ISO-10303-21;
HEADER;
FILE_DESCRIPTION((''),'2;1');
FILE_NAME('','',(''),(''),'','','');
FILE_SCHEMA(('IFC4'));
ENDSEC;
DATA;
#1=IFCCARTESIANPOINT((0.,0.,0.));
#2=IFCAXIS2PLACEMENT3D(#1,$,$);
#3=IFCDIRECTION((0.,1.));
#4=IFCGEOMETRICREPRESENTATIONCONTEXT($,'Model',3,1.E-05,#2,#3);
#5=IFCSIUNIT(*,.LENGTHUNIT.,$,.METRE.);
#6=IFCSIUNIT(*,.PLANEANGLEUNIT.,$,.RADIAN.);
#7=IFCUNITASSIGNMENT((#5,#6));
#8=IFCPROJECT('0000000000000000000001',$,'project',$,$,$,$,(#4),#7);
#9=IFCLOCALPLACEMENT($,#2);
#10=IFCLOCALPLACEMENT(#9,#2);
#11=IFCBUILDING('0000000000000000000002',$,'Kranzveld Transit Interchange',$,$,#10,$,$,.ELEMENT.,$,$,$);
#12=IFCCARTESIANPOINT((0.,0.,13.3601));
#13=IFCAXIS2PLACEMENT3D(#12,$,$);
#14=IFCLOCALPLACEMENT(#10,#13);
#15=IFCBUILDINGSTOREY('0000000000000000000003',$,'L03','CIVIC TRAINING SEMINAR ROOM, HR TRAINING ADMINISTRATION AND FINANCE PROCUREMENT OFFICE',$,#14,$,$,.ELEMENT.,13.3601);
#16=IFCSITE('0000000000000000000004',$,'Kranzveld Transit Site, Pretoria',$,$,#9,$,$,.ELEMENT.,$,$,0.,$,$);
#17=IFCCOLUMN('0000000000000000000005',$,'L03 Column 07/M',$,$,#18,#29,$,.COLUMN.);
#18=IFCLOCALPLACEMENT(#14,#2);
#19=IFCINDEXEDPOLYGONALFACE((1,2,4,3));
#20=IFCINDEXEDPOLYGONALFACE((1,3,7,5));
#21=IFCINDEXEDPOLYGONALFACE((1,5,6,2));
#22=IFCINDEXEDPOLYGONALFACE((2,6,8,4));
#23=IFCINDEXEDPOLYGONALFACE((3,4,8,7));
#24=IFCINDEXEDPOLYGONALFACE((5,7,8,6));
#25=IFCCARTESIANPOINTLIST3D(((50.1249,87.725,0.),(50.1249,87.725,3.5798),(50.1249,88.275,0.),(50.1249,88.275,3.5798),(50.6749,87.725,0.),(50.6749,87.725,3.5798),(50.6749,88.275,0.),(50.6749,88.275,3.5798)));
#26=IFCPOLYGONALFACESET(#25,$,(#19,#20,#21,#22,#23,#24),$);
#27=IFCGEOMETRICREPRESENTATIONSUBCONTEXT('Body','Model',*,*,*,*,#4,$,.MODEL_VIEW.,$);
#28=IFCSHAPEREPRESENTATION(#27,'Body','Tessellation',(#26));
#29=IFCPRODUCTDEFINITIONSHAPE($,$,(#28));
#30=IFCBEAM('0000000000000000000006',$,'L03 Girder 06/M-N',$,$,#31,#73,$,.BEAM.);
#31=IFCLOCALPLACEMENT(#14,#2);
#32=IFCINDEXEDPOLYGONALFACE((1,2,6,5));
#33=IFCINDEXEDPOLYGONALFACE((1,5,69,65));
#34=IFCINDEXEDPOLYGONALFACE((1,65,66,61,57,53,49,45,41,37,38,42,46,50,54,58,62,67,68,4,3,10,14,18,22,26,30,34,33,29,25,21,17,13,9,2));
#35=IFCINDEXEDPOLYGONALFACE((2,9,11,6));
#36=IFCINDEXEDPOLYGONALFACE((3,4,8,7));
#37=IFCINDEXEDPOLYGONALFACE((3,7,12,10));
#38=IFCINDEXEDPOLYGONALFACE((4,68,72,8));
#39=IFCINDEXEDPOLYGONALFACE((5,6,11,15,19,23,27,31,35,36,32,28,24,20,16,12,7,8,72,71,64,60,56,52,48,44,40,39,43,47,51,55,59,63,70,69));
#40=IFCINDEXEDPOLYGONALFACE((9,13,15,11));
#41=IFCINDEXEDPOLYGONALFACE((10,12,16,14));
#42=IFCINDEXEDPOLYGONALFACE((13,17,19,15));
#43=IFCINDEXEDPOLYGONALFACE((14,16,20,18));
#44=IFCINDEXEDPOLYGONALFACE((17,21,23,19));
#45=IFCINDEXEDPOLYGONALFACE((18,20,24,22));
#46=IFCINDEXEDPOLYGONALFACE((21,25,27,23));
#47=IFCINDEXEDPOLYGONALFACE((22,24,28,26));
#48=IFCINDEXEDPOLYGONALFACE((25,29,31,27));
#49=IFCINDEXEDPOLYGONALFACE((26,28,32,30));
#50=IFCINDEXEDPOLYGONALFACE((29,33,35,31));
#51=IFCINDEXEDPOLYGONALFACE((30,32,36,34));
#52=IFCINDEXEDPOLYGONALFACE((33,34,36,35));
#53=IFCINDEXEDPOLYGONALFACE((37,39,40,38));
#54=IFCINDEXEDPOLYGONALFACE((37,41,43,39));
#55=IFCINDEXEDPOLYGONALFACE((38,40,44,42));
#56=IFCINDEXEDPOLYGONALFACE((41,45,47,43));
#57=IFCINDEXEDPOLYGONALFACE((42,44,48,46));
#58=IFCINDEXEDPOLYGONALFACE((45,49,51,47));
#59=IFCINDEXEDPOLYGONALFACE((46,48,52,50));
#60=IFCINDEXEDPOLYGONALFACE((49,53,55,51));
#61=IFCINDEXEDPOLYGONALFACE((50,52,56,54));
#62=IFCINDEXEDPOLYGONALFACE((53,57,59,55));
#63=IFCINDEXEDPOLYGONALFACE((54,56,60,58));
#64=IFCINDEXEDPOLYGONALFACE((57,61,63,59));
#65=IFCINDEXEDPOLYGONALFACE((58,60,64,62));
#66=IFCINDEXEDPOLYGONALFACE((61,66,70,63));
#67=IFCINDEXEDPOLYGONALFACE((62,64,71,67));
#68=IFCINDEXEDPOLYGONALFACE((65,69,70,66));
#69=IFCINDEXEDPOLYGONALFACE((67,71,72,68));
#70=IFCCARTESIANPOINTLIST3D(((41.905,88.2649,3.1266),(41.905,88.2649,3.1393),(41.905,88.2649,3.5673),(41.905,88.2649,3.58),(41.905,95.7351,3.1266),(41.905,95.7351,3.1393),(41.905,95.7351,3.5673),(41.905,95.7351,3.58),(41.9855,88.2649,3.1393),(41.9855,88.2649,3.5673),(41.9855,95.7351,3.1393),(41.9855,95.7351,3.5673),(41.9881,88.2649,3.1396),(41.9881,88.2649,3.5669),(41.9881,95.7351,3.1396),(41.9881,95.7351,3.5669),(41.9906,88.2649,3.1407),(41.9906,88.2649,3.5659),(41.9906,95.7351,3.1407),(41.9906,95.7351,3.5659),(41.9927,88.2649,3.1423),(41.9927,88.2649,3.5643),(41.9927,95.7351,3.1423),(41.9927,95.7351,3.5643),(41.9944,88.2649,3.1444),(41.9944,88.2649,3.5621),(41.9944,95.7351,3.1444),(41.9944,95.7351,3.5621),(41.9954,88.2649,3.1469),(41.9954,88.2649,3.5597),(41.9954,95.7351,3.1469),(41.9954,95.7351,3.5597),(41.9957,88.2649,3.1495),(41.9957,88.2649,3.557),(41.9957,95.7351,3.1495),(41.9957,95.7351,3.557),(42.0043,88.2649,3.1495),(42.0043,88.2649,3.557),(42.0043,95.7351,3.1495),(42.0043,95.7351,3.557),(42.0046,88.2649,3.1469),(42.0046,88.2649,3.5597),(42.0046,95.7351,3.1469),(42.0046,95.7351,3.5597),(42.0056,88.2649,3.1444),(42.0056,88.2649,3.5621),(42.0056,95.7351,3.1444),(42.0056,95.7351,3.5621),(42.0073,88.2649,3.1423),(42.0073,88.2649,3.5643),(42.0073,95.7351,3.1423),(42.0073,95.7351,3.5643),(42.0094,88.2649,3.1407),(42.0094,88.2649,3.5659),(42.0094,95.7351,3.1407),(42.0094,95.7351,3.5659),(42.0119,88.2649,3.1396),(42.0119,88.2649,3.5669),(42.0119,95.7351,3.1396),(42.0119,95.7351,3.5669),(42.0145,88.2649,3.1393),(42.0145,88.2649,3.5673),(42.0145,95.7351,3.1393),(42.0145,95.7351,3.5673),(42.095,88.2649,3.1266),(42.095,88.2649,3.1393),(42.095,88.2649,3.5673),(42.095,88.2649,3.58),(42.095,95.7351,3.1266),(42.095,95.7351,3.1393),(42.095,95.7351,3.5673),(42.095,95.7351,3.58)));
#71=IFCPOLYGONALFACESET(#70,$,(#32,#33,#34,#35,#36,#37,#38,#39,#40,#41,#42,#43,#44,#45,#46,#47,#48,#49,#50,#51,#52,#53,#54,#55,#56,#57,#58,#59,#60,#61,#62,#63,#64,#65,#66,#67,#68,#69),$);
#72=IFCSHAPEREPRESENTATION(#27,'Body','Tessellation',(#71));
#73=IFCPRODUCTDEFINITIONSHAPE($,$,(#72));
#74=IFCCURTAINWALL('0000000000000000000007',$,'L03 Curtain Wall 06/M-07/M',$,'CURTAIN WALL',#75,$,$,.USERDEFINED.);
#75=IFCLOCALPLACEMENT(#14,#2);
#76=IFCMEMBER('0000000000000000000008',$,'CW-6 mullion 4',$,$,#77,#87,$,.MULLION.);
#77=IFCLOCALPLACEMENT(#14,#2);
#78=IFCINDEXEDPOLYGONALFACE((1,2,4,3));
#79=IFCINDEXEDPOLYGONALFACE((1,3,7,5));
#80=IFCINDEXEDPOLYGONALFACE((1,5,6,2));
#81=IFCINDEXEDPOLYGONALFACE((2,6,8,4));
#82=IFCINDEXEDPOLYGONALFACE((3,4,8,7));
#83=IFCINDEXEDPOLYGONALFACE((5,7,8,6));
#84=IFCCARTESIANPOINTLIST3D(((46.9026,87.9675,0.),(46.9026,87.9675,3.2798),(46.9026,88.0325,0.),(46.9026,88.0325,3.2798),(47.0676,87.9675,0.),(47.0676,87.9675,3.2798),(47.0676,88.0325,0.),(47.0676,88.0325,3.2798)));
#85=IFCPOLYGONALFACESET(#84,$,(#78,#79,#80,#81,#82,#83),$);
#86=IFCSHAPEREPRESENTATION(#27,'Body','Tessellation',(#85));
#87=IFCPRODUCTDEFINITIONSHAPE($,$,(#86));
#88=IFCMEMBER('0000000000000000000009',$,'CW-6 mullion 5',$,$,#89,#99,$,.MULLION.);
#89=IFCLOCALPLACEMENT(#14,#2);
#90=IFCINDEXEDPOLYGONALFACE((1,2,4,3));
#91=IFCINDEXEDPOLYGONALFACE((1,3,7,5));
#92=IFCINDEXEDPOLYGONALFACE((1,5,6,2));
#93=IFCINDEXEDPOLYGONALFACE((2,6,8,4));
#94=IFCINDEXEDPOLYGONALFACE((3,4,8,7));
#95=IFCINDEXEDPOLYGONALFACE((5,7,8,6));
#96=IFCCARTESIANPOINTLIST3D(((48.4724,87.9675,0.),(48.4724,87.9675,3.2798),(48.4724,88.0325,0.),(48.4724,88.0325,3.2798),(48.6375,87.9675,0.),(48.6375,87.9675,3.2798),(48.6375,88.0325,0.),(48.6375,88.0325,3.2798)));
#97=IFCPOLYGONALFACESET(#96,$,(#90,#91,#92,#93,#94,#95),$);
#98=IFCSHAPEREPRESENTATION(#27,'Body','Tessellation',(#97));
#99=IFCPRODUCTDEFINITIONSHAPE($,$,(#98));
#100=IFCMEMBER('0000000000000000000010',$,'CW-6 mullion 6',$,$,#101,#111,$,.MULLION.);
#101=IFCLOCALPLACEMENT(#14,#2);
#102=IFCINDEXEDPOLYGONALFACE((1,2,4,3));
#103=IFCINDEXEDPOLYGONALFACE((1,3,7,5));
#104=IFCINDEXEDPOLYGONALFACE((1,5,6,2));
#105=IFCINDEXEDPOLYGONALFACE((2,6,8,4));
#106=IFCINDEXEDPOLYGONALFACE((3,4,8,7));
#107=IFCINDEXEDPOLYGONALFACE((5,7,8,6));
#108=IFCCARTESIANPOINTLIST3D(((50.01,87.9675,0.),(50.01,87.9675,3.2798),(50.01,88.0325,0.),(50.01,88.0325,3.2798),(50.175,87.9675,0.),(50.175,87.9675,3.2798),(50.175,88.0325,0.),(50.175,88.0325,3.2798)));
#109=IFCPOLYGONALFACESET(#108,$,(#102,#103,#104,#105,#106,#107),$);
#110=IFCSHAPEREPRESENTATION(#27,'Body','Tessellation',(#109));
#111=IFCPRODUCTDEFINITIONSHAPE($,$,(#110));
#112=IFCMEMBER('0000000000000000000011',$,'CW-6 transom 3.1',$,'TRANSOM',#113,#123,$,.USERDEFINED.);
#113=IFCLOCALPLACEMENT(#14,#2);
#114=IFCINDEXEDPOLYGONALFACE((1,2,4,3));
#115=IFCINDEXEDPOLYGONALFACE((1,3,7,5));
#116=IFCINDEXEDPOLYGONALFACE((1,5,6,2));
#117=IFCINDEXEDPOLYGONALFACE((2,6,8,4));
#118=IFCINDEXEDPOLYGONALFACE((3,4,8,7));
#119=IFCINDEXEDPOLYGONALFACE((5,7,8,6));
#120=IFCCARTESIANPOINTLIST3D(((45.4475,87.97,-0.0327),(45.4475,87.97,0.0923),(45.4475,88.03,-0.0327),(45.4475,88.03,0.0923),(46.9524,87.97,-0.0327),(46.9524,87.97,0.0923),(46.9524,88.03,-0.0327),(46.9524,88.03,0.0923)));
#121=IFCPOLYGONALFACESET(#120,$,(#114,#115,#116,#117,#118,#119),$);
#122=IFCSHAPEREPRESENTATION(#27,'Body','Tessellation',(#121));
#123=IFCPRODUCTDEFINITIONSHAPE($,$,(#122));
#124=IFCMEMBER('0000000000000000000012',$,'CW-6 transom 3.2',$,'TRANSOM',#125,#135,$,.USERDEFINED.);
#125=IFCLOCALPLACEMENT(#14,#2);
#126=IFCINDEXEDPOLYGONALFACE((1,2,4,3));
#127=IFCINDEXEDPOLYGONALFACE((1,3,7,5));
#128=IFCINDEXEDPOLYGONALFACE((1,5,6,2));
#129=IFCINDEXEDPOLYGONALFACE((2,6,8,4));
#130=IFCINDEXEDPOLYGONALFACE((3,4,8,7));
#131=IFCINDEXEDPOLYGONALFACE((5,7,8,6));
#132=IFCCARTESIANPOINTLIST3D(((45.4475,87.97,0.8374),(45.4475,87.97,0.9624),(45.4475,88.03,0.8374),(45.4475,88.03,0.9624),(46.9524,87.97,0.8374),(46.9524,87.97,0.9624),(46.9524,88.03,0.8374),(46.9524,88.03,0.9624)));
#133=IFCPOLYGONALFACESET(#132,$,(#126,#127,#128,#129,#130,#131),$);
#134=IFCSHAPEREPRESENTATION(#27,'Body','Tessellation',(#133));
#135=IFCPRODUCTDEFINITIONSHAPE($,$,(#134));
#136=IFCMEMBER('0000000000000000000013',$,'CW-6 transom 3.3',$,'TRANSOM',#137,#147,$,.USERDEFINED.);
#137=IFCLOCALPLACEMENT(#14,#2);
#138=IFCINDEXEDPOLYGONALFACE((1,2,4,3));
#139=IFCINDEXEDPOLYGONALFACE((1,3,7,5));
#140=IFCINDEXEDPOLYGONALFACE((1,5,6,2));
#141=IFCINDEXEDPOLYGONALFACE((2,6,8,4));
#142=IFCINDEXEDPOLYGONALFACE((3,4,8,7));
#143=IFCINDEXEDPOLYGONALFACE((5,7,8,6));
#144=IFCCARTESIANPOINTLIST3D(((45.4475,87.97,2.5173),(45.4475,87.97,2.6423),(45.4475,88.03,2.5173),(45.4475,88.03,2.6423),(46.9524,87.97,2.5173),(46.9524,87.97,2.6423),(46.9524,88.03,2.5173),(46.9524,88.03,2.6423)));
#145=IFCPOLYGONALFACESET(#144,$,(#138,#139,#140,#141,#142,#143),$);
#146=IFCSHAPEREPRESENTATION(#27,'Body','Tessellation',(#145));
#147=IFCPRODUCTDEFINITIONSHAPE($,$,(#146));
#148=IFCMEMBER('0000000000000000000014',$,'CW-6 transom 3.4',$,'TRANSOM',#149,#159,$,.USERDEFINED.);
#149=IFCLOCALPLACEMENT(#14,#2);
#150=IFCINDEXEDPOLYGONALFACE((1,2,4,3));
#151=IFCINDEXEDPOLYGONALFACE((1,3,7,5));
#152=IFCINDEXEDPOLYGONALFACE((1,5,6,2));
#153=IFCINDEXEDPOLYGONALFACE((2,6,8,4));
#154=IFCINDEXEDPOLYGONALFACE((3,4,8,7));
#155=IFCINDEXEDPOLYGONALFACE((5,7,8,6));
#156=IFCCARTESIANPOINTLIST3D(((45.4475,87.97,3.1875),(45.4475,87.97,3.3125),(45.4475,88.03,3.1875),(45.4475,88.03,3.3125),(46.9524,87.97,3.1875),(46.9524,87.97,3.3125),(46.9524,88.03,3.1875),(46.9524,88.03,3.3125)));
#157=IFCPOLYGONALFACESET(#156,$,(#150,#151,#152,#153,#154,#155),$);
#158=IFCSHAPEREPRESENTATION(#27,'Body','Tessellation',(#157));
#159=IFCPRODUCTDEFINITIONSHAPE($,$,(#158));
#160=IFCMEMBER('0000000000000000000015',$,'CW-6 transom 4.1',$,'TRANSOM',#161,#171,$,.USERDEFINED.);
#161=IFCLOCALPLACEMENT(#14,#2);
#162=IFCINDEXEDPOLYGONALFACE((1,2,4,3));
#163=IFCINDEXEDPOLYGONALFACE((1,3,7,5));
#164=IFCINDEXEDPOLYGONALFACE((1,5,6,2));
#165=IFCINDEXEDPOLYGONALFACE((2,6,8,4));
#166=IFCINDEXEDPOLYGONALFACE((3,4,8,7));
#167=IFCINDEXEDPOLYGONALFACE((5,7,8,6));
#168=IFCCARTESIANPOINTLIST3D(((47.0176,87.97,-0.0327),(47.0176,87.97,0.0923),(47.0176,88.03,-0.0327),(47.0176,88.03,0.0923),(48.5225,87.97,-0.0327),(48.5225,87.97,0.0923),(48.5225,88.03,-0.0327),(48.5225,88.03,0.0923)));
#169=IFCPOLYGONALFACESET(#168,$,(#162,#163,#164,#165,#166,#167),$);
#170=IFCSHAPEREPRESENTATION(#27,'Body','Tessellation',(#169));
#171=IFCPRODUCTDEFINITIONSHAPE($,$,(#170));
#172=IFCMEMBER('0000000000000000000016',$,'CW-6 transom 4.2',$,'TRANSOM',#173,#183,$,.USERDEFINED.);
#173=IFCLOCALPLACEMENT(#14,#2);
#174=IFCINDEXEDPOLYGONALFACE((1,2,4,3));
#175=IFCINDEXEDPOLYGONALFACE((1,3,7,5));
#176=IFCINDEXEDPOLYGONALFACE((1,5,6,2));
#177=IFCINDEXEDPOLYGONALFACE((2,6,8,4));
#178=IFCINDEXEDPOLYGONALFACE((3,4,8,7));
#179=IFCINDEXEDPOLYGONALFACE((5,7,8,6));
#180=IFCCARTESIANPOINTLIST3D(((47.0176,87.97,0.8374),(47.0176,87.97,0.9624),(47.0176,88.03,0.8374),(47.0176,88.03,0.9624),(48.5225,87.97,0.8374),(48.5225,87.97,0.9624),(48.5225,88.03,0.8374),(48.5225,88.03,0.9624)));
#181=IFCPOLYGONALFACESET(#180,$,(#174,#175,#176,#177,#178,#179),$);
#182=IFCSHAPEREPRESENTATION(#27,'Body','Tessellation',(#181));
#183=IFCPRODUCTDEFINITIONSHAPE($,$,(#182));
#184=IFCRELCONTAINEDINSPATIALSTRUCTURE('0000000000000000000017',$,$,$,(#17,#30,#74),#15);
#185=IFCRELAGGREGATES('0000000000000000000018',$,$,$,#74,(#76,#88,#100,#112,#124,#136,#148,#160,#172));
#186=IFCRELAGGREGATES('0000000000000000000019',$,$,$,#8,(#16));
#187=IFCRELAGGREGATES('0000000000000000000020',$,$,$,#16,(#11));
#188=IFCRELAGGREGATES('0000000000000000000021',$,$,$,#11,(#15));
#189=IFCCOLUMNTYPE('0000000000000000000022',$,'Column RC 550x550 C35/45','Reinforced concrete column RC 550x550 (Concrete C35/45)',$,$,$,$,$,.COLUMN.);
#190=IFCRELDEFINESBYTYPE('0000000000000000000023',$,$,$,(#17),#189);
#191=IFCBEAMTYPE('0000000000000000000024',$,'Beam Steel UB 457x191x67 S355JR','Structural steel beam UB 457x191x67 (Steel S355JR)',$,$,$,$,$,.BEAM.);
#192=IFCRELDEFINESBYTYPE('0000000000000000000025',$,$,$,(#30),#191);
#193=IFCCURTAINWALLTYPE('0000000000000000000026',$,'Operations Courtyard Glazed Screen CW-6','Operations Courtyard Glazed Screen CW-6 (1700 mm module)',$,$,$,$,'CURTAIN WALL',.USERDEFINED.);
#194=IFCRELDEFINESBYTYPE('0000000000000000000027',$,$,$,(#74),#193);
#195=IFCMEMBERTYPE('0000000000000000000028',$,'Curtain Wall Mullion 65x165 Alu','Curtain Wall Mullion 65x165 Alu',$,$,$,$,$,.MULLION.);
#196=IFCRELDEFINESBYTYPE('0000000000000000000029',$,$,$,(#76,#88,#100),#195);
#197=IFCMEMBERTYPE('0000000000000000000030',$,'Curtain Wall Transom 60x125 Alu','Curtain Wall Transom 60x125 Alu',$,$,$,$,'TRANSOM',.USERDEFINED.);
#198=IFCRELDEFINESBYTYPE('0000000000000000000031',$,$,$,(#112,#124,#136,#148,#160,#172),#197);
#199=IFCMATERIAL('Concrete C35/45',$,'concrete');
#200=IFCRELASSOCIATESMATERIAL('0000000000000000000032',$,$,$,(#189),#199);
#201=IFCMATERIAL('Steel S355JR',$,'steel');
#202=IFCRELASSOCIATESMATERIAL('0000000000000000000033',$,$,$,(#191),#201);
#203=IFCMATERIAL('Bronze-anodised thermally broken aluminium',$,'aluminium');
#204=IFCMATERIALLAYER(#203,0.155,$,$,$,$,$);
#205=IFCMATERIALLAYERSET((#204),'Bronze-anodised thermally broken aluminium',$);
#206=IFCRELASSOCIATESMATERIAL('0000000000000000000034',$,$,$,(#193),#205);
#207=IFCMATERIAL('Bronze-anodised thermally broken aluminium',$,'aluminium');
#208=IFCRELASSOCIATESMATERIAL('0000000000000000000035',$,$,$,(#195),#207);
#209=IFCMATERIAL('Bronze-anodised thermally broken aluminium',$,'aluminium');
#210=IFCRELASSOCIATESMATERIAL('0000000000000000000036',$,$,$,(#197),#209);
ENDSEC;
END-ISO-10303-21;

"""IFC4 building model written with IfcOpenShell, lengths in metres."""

from ifc_helpers import new_model, si_unit, direction, frame, origin, origin_2d, place, context, subcontext, project, spatial, rectangle, i_section, extrude, material, layer, layer_set, material_profile, profile_set, type_object, element, aggregate, save


model = new_model("IFC4")

# Units and contexts
model_context = context("Model", 3, precision=1e-05, world=origin(), true_north=direction((0.0, 1.0)))
body_context = subcontext(model_context, "Body", "Model", "MODEL_VIEW")
ifc_project = project(units=[si_unit("LENGTHUNIT", "METRE"), si_unit("PLANEANGLEUNIT", "RADIAN")], contexts=[model_context])

# Site, building, storey
site_placement = place(None, origin())
site = spatial("IfcSite", under=ifc_project, at=site_placement, Name="Kranzveld Transit Site, Pretoria", CompositionType="ELEMENT", RefElevation=0.0)
building_placement = place(site_placement, origin())
building = spatial("IfcBuilding", under=site, at=building_placement, Name="Kranzveld Transit Interchange", CompositionType="ELEMENT")
storey_placement = place(building_placement, frame((0.0, 0.0, 13.3601)))
storey = spatial("IfcBuildingStorey", under=building, at=storey_placement, Name="L03", Description="CIVIC TRAINING SEMINAR ROOM, HR TRAINING ADMINISTRATION AND FINANCE PROCUREMENT OFFICE", CompositionType="ELEMENT", Elevation=13.3601)

# Column
ifc_material_1 = material(Name="Concrete C35/45", Category="concrete")
ifc_material_profile_1 = material_profile(ifc_material_1, rectangle(XDim=0.55, YDim=0.55, at=origin_2d()), Name="RC 550x550")
ifc_profile_set_1 = profile_set([ifc_material_profile_1], Name="Concrete C35/45")
column_type = type_object("IfcColumnType", Name="Column RC 550x550 C35/45", Description="Reinforced concrete column RC 550x550 (Concrete C35/45)", PredefinedType="COLUMN", material=ifc_profile_set_1)
column_placement = place(storey_placement, frame((50.3999, 88.0, 0.0), z_axis=(0.0, 0.0, 1.0), x_axis=(1.0, 0.0, 0.0)))
element("IfcColumn", 1, at=column_placement, inside=storey, type_object=column_type, Name="L03 Column 07/M", PredefinedType="COLUMN", context=body_context, shape_type="SweptSolid", body=[
    extrude(rectangle(XDim=0.55, YDim=0.55, at=origin_2d()), origin(), (0.0, 0.0, 1.0), 3.5798),
])

# Beam
ifc_material_2 = material(Name="Steel S355JR", Category="steel")
ifc_material_profile_2 = material_profile(ifc_material_2, i_section(OverallWidth=0.1899, OverallDepth=0.4534, WebThickness=0.0085, FlangeThickness=0.0127, FilletRadius=0.0103, at=origin_2d()), Name="UB 457x191x67")
ifc_profile_set_2 = profile_set([ifc_material_profile_2], Name="Steel S355JR")
beam_type = type_object("IfcBeamType", Name="Beam Steel UB 457x191x67 S355JR", Description="Structural steel beam UB 457x191x67 (Steel S355JR)", PredefinedType="BEAM", material=ifc_profile_set_2)
beam_placement = place(storey_placement, frame((42.0, 88.2649, 3.3533), z_axis=(0.0, 1.0, 0.0), x_axis=(-1.0, 0.0, 0.0)))
element("IfcBeam", 2, at=beam_placement, inside=storey, type_object=beam_type, Name="L03 Girder 06/M-N", PredefinedType="BEAM", context=body_context, shape_type="SweptSolid", body=[
    extrude(i_section(OverallWidth=0.1899, OverallDepth=0.4534, WebThickness=0.0085, FlangeThickness=0.0127, FilletRadius=0.0103, at=origin_2d()), origin(), (0.0, 0.0, 1.0), 7.4702),
])

# Curtain wall, members
ifc_material_3 = material(Name="Bronze-anodised thermally broken aluminium", Category="aluminium")
ifc_layer_1 = layer(ifc_material_3, 0.155)
ifc_layer_set_1 = layer_set([ifc_layer_1], Name="Bronze-anodised thermally broken aluminium")
curtain_wall_type = type_object("IfcCurtainWallType", Name="Operations Courtyard Glazed Screen CW-6", Description="Operations Courtyard Glazed Screen CW-6 (1700 mm module)", ElementType="CURTAIN WALL", PredefinedType="USERDEFINED", material=ifc_layer_set_1)
curtain_wall_placement = place(storey_placement, origin())
curtain_wall = element("IfcCurtainWall", 3, at=curtain_wall_placement, inside=storey, type_object=curtain_wall_type, Name="L03 Curtain Wall 06/M-07/M", ObjectType="CURTAIN WALL", PredefinedType="USERDEFINED")
ifc_material_4 = material(Name="Bronze-anodised thermally broken aluminium", Category="aluminium")
ifc_material_profile_3 = material_profile(ifc_material_4, rectangle(XDim=0.0649, YDim=0.165, at=origin_2d()), Name="ALU MULLION 65x165")
ifc_profile_set_3 = profile_set([ifc_material_profile_3], Name="Bronze-anodised thermally broken aluminium")
member_type_1 = type_object("IfcMemberType", Name="Curtain Wall Mullion 65x165 Alu", Description="Curtain Wall Mullion 65x165 Alu", PredefinedType="MULLION", material=ifc_profile_set_3)
member_1_placement = place(storey_placement, frame((46.9851, 88.0, 0.0), z_axis=(0.0, 0.0, 1.0), x_axis=(0.0, 1.0, 0.0)))
member_1 = element("IfcMember", 4, at=member_1_placement, type_object=member_type_1, Name="CW-6 mullion 4", PredefinedType="MULLION", context=body_context, shape_type="SweptSolid", body=[
    extrude(rectangle(XDim=0.0649, YDim=0.165, at=origin_2d()), origin(), (0.0, 0.0, 1.0), 3.2798),
])
member_2_placement = place(storey_placement, frame((48.5549, 88.0, 0.0), z_axis=(0.0, 0.0, 1.0), x_axis=(0.0, 1.0, 0.0)))
member_2 = element("IfcMember", 5, at=member_2_placement, type_object=member_type_1, Name="CW-6 mullion 5", PredefinedType="MULLION", context=body_context, shape_type="SweptSolid", body=[
    extrude(rectangle(XDim=0.0649, YDim=0.165, at=origin_2d()), origin(), (0.0, 0.0, 1.0), 3.2798),
])
member_3_placement = place(storey_placement, frame((50.0925, 88.0, 0.0), z_axis=(0.0, 0.0, 1.0), x_axis=(0.0, 1.0, 0.0)))
member_3 = element("IfcMember", 6, at=member_3_placement, type_object=member_type_1, Name="CW-6 mullion 6", PredefinedType="MULLION", context=body_context, shape_type="SweptSolid", body=[
    extrude(rectangle(XDim=0.0649, YDim=0.165, at=origin_2d()), origin(), (0.0, 0.0, 1.0), 3.2798),
])
ifc_material_5 = material(Name="Bronze-anodised thermally broken aluminium", Category="aluminium")
ifc_material_profile_4 = material_profile(ifc_material_5, rectangle(XDim=0.0601, YDim=0.125, at=origin_2d()), Name="ALU TRANSOM 60x125")
ifc_profile_set_4 = profile_set([ifc_material_profile_4], Name="Bronze-anodised thermally broken aluminium")
member_type_2 = type_object("IfcMemberType", Name="Curtain Wall Transom 60x125 Alu", Description="Curtain Wall Transom 60x125 Alu", ElementType="TRANSOM", PredefinedType="USERDEFINED", material=ifc_profile_set_4)
member_4_placement = place(storey_placement, frame((45.4475, 88.0, 0.0298), z_axis=(1.0, 0.0, 0.0), x_axis=(0.0, 1.0, 0.0)))
member_4 = element("IfcMember", 7, at=member_4_placement, type_object=member_type_2, Name="CW-6 transom 3.1", ObjectType="TRANSOM", PredefinedType="USERDEFINED", context=body_context, shape_type="SweptSolid", body=[
    extrude(rectangle(XDim=0.0601, YDim=0.125, at=origin_2d()), origin(), (0.0, 0.0, 1.0), 1.5049),
])
member_5_placement = place(storey_placement, frame((45.4475, 88.0, 0.8999), z_axis=(1.0, 0.0, 0.0), x_axis=(0.0, 1.0, 0.0)))
member_5 = element("IfcMember", 8, at=member_5_placement, type_object=member_type_2, Name="CW-6 transom 3.2", ObjectType="TRANSOM", PredefinedType="USERDEFINED", context=body_context, shape_type="SweptSolid", body=[
    extrude(rectangle(XDim=0.0601, YDim=0.125, at=origin_2d()), origin(), (0.0, 0.0, 1.0), 1.5049),
])
member_6_placement = place(storey_placement, frame((45.4475, 88.0, 2.5798), z_axis=(1.0, 0.0, 0.0), x_axis=(0.0, 1.0, 0.0)))
member_6 = element("IfcMember", 9, at=member_6_placement, type_object=member_type_2, Name="CW-6 transom 3.3", ObjectType="TRANSOM", PredefinedType="USERDEFINED", context=body_context, shape_type="SweptSolid", body=[
    extrude(rectangle(XDim=0.0601, YDim=0.125, at=origin_2d()), origin(), (0.0, 0.0, 1.0), 1.5049),
])
member_7_placement = place(storey_placement, frame((45.4475, 88.0, 3.25), z_axis=(1.0, 0.0, 0.0), x_axis=(0.0, 1.0, 0.0)))
member_7 = element("IfcMember", 10, at=member_7_placement, type_object=member_type_2, Name="CW-6 transom 3.4", ObjectType="TRANSOM", PredefinedType="USERDEFINED", context=body_context, shape_type="SweptSolid", body=[
    extrude(rectangle(XDim=0.0601, YDim=0.125, at=origin_2d()), origin(), (0.0, 0.0, 1.0), 1.5049),
])
member_8_placement = place(storey_placement, frame((47.0176, 88.0, 0.0298), z_axis=(1.0, 0.0, 0.0), x_axis=(0.0, 1.0, 0.0)))
member_8 = element("IfcMember", 11, at=member_8_placement, type_object=member_type_2, Name="CW-6 transom 4.1", ObjectType="TRANSOM", PredefinedType="USERDEFINED", context=body_context, shape_type="SweptSolid", body=[
    extrude(rectangle(XDim=0.0601, YDim=0.125, at=origin_2d()), origin(), (0.0, 0.0, 1.0), 1.5049),
])
member_9_placement = place(storey_placement, frame((47.0176, 88.0, 0.8999), z_axis=(1.0, 0.0, 0.0), x_axis=(0.0, 1.0, 0.0)))
member_9 = element("IfcMember", 12, at=member_9_placement, type_object=member_type_2, Name="CW-6 transom 4.2", ObjectType="TRANSOM", PredefinedType="USERDEFINED", context=body_context, shape_type="SweptSolid", body=[
    extrude(rectangle(XDim=0.0601, YDim=0.125, at=origin_2d()), origin(), (0.0, 0.0, 1.0), 1.5049),
])
aggregate(curtain_wall, [member_1, member_2, member_3, member_4, member_5, member_6, member_7, member_8, member_9])

save(model, "model.ifc")
